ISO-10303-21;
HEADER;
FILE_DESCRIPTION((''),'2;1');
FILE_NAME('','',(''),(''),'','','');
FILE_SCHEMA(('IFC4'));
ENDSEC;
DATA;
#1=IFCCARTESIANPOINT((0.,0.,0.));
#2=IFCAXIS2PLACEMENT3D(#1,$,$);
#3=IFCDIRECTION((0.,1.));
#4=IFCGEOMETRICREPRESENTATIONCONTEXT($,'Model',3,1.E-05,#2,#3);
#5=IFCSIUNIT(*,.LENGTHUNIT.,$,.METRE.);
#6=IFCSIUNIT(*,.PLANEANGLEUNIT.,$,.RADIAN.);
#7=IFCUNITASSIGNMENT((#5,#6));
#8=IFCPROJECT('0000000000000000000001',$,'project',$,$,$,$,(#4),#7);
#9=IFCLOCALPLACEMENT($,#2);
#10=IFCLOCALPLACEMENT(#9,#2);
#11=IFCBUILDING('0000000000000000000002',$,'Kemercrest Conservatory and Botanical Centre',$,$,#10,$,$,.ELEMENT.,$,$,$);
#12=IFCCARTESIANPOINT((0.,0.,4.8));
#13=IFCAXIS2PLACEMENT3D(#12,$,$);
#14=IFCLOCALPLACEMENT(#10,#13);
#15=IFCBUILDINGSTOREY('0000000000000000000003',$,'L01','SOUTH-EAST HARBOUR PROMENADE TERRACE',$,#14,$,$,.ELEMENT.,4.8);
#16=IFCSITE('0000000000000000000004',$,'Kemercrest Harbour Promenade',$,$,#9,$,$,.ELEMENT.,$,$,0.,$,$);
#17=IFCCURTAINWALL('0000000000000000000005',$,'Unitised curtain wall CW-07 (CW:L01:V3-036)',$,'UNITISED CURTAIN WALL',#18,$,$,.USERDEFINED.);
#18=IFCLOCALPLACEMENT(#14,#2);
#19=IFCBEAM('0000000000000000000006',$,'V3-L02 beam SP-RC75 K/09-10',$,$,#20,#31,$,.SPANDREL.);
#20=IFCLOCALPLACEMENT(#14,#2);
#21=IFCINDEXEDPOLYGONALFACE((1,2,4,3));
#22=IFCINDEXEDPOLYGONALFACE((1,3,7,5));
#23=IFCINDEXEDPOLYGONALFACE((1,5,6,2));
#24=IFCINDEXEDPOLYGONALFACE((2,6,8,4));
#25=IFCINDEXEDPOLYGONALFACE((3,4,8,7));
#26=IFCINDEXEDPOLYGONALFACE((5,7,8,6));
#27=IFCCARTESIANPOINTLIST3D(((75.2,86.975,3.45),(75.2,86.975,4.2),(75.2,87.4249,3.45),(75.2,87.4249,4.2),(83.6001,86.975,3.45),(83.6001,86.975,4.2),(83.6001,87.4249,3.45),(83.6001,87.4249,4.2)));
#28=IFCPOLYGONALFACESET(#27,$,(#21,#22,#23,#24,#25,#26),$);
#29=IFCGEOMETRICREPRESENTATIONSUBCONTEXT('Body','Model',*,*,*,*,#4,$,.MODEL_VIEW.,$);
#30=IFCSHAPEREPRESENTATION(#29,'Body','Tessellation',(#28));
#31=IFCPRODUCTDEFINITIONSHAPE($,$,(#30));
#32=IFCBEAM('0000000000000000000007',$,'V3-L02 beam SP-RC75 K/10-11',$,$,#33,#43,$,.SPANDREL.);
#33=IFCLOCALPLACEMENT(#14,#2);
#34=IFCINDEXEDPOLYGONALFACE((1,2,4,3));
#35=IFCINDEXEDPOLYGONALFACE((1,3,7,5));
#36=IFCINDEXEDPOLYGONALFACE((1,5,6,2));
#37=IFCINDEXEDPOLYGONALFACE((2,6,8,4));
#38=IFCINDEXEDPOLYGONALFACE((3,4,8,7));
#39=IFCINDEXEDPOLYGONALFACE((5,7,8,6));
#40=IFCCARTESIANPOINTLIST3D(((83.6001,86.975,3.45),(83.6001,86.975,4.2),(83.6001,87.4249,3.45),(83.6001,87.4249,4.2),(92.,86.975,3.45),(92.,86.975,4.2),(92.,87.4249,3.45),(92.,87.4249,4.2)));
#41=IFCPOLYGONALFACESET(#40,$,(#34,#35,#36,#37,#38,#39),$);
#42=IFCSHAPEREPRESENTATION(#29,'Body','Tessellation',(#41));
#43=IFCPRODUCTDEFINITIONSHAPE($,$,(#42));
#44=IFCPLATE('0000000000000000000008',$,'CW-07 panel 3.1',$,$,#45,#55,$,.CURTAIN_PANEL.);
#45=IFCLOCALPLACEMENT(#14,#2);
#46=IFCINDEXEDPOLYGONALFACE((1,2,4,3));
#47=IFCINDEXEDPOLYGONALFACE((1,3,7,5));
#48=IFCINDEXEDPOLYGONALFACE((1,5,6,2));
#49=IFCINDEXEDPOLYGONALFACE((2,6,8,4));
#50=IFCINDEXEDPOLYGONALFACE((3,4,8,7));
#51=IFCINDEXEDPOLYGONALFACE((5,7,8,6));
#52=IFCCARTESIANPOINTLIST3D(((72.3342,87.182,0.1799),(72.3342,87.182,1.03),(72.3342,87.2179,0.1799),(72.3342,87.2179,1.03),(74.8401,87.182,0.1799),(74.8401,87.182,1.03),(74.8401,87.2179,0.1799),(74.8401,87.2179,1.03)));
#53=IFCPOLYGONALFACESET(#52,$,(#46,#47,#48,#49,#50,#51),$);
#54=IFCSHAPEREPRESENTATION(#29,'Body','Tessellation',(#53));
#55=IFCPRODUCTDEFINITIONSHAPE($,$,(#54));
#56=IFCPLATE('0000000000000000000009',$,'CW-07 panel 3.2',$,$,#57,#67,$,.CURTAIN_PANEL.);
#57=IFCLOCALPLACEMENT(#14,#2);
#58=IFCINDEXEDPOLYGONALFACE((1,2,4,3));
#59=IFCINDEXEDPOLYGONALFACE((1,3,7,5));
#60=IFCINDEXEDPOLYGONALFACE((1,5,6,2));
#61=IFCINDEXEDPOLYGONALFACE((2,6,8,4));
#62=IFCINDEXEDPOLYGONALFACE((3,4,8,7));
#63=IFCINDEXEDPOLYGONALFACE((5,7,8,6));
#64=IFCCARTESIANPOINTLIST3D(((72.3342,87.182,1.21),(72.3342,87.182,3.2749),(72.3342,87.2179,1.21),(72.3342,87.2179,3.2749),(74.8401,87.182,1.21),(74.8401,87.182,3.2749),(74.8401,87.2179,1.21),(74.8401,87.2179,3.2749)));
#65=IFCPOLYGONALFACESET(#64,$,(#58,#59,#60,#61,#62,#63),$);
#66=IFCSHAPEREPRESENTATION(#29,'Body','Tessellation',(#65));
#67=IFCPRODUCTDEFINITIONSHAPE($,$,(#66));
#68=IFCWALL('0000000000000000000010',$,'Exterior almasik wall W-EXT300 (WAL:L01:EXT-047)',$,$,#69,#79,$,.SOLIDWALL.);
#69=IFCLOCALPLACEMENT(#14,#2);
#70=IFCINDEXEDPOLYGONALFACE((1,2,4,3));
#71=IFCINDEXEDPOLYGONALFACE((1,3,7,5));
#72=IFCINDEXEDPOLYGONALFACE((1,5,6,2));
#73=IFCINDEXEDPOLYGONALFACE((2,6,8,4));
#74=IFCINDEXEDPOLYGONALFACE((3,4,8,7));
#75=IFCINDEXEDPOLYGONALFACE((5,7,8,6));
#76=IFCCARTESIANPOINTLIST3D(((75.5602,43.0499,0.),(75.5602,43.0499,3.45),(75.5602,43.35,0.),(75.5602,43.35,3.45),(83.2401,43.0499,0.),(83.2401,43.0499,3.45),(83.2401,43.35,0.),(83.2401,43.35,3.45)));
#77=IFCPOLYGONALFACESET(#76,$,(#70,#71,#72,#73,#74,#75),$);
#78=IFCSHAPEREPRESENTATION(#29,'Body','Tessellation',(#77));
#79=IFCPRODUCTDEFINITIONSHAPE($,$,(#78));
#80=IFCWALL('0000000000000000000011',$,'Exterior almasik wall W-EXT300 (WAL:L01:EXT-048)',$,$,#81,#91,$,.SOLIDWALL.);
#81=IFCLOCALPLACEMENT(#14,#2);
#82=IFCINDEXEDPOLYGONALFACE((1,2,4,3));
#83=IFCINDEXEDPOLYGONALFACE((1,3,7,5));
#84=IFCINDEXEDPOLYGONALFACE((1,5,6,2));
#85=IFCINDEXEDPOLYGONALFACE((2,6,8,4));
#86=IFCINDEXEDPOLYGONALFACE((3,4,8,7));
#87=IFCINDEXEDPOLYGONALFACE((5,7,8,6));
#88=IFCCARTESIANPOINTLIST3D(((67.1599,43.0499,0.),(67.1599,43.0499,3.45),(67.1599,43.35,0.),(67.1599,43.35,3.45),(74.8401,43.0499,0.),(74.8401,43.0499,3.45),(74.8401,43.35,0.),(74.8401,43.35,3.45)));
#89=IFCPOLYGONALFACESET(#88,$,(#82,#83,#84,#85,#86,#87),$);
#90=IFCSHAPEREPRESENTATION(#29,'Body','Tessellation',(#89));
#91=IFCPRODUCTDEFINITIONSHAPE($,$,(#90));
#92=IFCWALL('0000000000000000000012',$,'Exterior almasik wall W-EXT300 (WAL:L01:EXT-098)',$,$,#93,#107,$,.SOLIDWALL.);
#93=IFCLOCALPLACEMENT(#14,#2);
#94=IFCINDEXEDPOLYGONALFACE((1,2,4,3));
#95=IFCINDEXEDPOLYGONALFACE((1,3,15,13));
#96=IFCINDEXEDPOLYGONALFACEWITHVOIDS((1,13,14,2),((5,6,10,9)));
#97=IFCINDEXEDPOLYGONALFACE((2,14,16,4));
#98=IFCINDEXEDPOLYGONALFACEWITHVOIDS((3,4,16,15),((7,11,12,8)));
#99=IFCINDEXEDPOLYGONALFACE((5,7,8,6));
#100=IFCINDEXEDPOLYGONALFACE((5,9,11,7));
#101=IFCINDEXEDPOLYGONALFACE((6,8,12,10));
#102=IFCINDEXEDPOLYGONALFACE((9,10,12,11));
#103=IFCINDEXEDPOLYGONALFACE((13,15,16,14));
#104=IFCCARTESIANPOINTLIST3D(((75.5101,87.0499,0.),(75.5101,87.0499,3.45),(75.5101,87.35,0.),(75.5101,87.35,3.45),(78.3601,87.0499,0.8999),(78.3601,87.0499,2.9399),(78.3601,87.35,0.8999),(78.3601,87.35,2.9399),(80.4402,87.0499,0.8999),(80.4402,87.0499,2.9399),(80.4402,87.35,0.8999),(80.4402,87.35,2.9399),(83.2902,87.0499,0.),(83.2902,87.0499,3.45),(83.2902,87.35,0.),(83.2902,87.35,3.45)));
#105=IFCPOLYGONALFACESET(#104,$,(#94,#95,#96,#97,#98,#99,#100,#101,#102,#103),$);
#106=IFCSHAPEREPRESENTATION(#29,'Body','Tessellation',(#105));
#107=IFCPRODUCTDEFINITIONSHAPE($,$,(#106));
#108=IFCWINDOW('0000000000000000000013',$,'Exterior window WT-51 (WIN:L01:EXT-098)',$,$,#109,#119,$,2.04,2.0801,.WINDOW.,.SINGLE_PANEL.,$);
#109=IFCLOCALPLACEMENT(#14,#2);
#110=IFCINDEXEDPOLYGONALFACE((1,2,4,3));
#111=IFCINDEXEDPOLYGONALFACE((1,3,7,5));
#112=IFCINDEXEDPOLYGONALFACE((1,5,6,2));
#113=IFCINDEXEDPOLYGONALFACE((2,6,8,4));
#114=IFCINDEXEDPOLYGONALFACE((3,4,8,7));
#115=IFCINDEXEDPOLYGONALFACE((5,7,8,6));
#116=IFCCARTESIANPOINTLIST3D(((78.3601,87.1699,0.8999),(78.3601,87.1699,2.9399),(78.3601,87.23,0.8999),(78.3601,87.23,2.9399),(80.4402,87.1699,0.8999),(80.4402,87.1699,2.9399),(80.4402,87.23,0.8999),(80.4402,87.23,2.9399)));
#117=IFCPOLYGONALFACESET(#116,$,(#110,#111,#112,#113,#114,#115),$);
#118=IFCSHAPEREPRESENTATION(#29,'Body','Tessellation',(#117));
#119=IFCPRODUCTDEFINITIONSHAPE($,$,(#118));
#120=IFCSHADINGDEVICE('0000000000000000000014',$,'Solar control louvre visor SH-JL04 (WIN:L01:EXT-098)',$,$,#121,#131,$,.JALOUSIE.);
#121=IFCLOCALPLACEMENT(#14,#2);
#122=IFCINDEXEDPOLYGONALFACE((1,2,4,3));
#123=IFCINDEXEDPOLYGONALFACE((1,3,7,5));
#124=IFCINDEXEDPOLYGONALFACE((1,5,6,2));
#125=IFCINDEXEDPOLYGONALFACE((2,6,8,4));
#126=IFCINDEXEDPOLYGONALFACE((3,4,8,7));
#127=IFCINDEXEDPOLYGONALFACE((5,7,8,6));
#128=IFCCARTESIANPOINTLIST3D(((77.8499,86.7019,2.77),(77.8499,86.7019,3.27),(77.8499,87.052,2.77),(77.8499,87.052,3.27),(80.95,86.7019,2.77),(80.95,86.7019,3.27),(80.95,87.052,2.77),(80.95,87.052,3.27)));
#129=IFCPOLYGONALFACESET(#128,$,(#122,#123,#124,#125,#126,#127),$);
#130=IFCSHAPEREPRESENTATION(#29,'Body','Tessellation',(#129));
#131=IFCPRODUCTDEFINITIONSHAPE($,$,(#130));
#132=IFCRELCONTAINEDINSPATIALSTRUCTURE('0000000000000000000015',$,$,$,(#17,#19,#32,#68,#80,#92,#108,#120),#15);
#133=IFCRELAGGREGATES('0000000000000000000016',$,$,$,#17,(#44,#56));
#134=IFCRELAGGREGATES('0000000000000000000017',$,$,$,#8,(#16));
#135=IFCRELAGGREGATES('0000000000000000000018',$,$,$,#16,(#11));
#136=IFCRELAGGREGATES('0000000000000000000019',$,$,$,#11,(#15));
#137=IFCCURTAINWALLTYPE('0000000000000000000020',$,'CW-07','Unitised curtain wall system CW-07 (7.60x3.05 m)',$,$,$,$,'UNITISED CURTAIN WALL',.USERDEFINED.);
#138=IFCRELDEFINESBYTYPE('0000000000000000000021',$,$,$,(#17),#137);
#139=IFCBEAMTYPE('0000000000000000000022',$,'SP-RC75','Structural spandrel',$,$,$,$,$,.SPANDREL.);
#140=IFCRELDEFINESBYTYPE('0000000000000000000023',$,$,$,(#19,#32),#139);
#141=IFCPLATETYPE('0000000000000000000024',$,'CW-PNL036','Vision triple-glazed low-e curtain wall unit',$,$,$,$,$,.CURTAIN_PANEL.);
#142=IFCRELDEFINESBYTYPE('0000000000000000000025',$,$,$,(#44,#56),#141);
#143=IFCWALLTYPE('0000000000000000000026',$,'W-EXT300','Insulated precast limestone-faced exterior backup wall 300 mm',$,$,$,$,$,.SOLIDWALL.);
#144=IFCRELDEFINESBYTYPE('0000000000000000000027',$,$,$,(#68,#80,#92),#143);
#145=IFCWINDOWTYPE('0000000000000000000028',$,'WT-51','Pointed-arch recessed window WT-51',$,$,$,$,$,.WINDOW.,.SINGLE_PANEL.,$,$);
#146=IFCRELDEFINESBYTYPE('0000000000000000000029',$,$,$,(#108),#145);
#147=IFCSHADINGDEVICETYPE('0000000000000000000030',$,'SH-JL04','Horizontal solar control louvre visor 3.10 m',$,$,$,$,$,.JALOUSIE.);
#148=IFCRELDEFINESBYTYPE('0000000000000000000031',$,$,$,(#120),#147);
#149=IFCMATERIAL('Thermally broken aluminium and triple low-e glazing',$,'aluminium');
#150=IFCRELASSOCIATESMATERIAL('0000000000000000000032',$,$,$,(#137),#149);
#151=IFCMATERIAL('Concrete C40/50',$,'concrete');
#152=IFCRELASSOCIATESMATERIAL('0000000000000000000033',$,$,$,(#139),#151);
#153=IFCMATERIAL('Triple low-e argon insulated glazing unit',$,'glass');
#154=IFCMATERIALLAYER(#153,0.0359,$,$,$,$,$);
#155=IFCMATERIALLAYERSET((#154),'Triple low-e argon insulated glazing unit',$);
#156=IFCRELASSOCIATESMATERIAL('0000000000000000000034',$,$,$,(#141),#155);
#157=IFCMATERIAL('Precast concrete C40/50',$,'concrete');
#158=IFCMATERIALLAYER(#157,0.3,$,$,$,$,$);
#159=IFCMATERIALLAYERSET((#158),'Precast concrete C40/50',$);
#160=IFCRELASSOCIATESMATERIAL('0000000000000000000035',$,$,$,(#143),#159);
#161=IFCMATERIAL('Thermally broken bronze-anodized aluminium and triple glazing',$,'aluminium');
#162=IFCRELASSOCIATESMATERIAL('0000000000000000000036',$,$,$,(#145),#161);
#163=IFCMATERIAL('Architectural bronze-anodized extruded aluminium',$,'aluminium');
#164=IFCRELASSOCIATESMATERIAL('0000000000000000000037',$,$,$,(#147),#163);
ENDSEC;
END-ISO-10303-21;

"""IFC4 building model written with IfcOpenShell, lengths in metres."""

from ifc_helpers import new_model, si_unit, direction, frame, frame_2d, origin, origin_2d, place, context, subcontext, project, spatial, rectangle, extrude, material, layer, layer_set, material_profile, profile_set, type_object, element, fill, aggregate, save


model = new_model("IFC4")

# Units and contexts
model_context = context("Model", 3, precision=1e-05, world=origin(), true_north=direction((0.0, 1.0)))
body_context = subcontext(model_context, "Body", "Model", "MODEL_VIEW")
ifc_project = project(units=[si_unit("LENGTHUNIT", "METRE"), si_unit("PLANEANGLEUNIT", "RADIAN")], contexts=[model_context])

# Site, building, storey
site_placement = place(None, origin())
site = spatial("IfcSite", under=ifc_project, at=site_placement, Name="Kemercrest Harbour Promenade", CompositionType="ELEMENT", RefElevation=0.0)
building_placement = place(site_placement, origin())
building = spatial("IfcBuilding", under=site, at=building_placement, Name="Kemercrest Conservatory and Botanical Centre", CompositionType="ELEMENT")
storey_placement = place(building_placement, frame((0.0, 0.0, 4.8)))
storey = spatial("IfcBuildingStorey", under=building, at=storey_placement, Name="L01", Description="SOUTH-EAST HARBOUR PROMENADE TERRACE", CompositionType="ELEMENT", Elevation=4.8)

# Shared definitions
ifc_material_1 = material(Name="Concrete C40/50", Category="concrete")

# Curtain wall
ifc_material_2 = material(Name="Thermally broken aluminium and triple low-e glazing", Category="aluminium")
curtain_wall_type = type_object("IfcCurtainWallType", Name="CW-07", Description="Unitised curtain wall system CW-07 (7.60x3.05 m)", ElementType="UNITISED CURTAIN WALL", PredefinedType="USERDEFINED", material=ifc_material_2)
curtain_wall_placement = place(storey_placement, origin())
curtain_wall = element("IfcCurtainWall", 1, at=curtain_wall_placement, inside=storey, type_object=curtain_wall_type, Name="Unitised curtain wall CW-07 (CW:L01:V3-036)", ObjectType="UNITISED CURTAIN WALL", PredefinedType="USERDEFINED")

# Beams
ifc_material_3 = material(Name="Precast concrete C40/50", Category="concrete")
ifc_material_profile_1 = material_profile(ifc_material_1, rectangle(XDim=0.45, YDim=0.75, at=origin_2d()), Name="RC 450x750")
ifc_profile_set_1 = profile_set([ifc_material_profile_1], Name="Concrete C40/50")
beam_type_1 = type_object("IfcBeamType", Name="SP-RC75", Description="Structural spandrel", PredefinedType="SPANDREL", material=ifc_profile_set_1)
beam_1_placement = place(storey_placement, frame((75.2, 87.2, 3.825), z_axis=(1.0, 0.0, 0.0), x_axis=(0.0, 1.0, 0.0)))
element("IfcBeam", 2, at=beam_1_placement, inside=storey, type_object=beam_type_1, Name="V3-L02 beam SP-RC75 K/09-10", PredefinedType="SPANDREL", context=body_context, shape_type="SweptSolid", body=[
    extrude(rectangle(XDim=0.45, YDim=0.75, at=origin_2d()), origin(), (0.0, 0.0, 1.0), 8.4001),
])
beam_2_placement = place(storey_placement, frame((83.6001, 87.2, 3.825), z_axis=(1.0, 0.0, 0.0), x_axis=(0.0, 1.0, 0.0)))
element("IfcBeam", 3, at=beam_2_placement, inside=storey, type_object=beam_type_1, Name="V3-L02 beam SP-RC75 K/10-11", PredefinedType="SPANDREL", context=body_context, shape_type="SweptSolid", body=[
    extrude(rectangle(XDim=0.45, YDim=0.75, at=origin_2d()), origin(), (0.0, 0.0, 1.0), 8.3999),
])

# Plates
ifc_material_4 = material(Name="Triple low-e argon insulated glazing unit", Category="glass")
ifc_layer_1 = layer(ifc_material_4, 0.0359)
ifc_layer_set_1 = layer_set([ifc_layer_1], Name="Triple low-e argon insulated glazing unit")
plate_type = type_object("IfcPlateType", Name="CW-PNL036", Description="Vision triple-glazed low-e curtain wall unit", PredefinedType="CURTAIN_PANEL", material=ifc_layer_set_1)
plate_1_placement = place(storey_placement, frame((73.5872, 87.2, 0.1799), z_axis=(0.0, 0.0, 1.0), x_axis=(1.0, 0.0, 0.0)))
plate_1 = element("IfcPlate", 4, at=plate_1_placement, type_object=plate_type, Name="CW-07 panel 3.1", PredefinedType="CURTAIN_PANEL", context=body_context, shape_type="SweptSolid", body=[
    extrude(rectangle(XDim=2.5059, YDim=0.0359, at=origin_2d()), origin(), (0.0, 0.0, 1.0), 0.8501),
])
plate_2_placement = place(storey_placement, frame((73.5872, 87.2, 1.21), z_axis=(0.0, 0.0, 1.0), x_axis=(1.0, 0.0, 0.0)))
plate_2 = element("IfcPlate", 5, at=plate_2_placement, type_object=plate_type, Name="CW-07 panel 3.2", PredefinedType="CURTAIN_PANEL", context=body_context, shape_type="SweptSolid", body=[
    extrude(rectangle(XDim=2.5059, YDim=0.0359, at=origin_2d()), origin(), (0.0, 0.0, 1.0), 2.0649),
])
aggregate(curtain_wall, [plate_1, plate_2])

# Walls
ifc_layer_2 = layer(ifc_material_3, 0.3)
ifc_layer_set_2 = layer_set([ifc_layer_2], Name="Precast concrete C40/50")
wall_type = type_object("IfcWallType", Name="W-EXT300", Description="Insulated precast limestone-faced exterior backup wall 300 mm", PredefinedType="SOLIDWALL", material=ifc_layer_set_2)
wall_1_placement = place(storey_placement, frame((83.24, 43.2, 0.0), z_axis=(0.0, 0.0, 1.0), x_axis=(-1.0, 0.0, 0.0)))
element("IfcWall", 6, at=wall_1_placement, inside=storey, type_object=wall_type, Name="Exterior almasik wall W-EXT300 (WAL:L01:EXT-047)", PredefinedType="SOLIDWALL", context=body_context, shape_type="SweptSolid", body=[
    extrude(rectangle(XDim=7.6799, YDim=0.3, at=frame_2d((3.8398, 0.0))), origin(), (0.0, 0.0, 1.0), 3.45),
])
wall_2_placement = place(storey_placement, frame((74.8401, 43.2, 0.0), z_axis=(0.0, 0.0, 1.0), x_axis=(-1.0, 0.0, 0.0)))
element("IfcWall", 7, at=wall_2_placement, inside=storey, type_object=wall_type, Name="Exterior almasik wall W-EXT300 (WAL:L01:EXT-048)", PredefinedType="SOLIDWALL", context=body_context, shape_type="SweptSolid", body=[
    extrude(rectangle(XDim=7.6802, YDim=0.3, at=frame_2d((3.8401, 0.0))), origin(), (0.0, 0.0, 1.0), 3.45),
])

# Wall, opening, window
wall_3_placement = place(storey_placement, frame((75.51, 87.2, 0.0), z_axis=(0.0, 0.0, 1.0), x_axis=(1.0, 0.0, 0.0)))
wall_3 = element("IfcWall", 8, at=wall_3_placement, inside=storey, type_object=wall_type, Name="Exterior almasik wall W-EXT300 (WAL:L01:EXT-098)", PredefinedType="SOLIDWALL", context=body_context, shape_type="SweptSolid", body=[
    extrude(rectangle(XDim=7.78, YDim=0.3, at=frame_2d((3.8901, 0.0))), origin(), (0.0, 0.0, 1.0), 3.45),
])
opening_placement = place(wall_3_placement, frame((2.8501, 0.0, 0.8999)))
opening = element("IfcOpeningElement", 9, at=opening_placement, cuts=wall_3, PredefinedType="OPENING", context=body_context, shape_type="SweptSolid", body=[
    extrude(rectangle(XDim=2.0801, YDim=2.04, at=frame_2d((1.04, 1.02))), frame((0.0, 0.1602, 0.0), z_axis=(0.0, -1.0, 0.0), x_axis=(1.0, 0.0, 0.0)), (0.0, 0.0, 1.0), 0.3201),
])
ifc_material_5 = material(Name="Thermally broken bronze-anodized aluminium and triple glazing", Category="aluminium")
window_type = type_object("IfcWindowType", Name="WT-51", Description="Pointed-arch recessed window WT-51", PartitioningType="SINGLE_PANEL", PredefinedType="WINDOW", material=ifc_material_5)
window_placement = place(opening_placement, origin())
window = element("IfcWindow", 10, at=window_placement, inside=storey, type_object=window_type, Name="Exterior window WT-51 (WIN:L01:EXT-098)", OverallHeight=2.04, OverallWidth=2.0801, PartitioningType="SINGLE_PANEL", PredefinedType="WINDOW", context=body_context, shape_type="SweptSolid", body=[
    extrude(rectangle(XDim=2.0801, YDim=2.04, at=frame_2d((1.04, 1.02))), frame((0.0, 0.03, 0.0), z_axis=(0.0, -1.0, 0.0), x_axis=(1.0, 0.0, 0.0)), (0.0, 0.0, 1.0), 0.0601),
])
fill(opening, window)

# Shading device
ifc_material_6 = material(Name="Architectural bronze-anodized extruded aluminium", Category="aluminium")
shading_device_type = type_object("IfcShadingDeviceType", Name="SH-JL04", Description="Horizontal solar control louvre visor 3.10 m", PredefinedType="JALOUSIE", material=ifc_material_6)
shading_device_placement = place(storey_placement, frame((79.3999, 86.877, 2.77), z_axis=(0.0, 0.0, 1.0), x_axis=(1.0, 0.0, 0.0)))
element("IfcShadingDevice", 11, at=shading_device_placement, inside=storey, type_object=shading_device_type, Name="Solar control louvre visor SH-JL04 (WIN:L01:EXT-098)", PredefinedType="JALOUSIE", context=body_context, shape_type="SweptSolid", body=[
    extrude(rectangle(XDim=3.1001, YDim=0.3501, at=origin_2d()), origin(), (0.0, 0.0, 1.0), 0.5),
])

save(model, "model.ifc")
